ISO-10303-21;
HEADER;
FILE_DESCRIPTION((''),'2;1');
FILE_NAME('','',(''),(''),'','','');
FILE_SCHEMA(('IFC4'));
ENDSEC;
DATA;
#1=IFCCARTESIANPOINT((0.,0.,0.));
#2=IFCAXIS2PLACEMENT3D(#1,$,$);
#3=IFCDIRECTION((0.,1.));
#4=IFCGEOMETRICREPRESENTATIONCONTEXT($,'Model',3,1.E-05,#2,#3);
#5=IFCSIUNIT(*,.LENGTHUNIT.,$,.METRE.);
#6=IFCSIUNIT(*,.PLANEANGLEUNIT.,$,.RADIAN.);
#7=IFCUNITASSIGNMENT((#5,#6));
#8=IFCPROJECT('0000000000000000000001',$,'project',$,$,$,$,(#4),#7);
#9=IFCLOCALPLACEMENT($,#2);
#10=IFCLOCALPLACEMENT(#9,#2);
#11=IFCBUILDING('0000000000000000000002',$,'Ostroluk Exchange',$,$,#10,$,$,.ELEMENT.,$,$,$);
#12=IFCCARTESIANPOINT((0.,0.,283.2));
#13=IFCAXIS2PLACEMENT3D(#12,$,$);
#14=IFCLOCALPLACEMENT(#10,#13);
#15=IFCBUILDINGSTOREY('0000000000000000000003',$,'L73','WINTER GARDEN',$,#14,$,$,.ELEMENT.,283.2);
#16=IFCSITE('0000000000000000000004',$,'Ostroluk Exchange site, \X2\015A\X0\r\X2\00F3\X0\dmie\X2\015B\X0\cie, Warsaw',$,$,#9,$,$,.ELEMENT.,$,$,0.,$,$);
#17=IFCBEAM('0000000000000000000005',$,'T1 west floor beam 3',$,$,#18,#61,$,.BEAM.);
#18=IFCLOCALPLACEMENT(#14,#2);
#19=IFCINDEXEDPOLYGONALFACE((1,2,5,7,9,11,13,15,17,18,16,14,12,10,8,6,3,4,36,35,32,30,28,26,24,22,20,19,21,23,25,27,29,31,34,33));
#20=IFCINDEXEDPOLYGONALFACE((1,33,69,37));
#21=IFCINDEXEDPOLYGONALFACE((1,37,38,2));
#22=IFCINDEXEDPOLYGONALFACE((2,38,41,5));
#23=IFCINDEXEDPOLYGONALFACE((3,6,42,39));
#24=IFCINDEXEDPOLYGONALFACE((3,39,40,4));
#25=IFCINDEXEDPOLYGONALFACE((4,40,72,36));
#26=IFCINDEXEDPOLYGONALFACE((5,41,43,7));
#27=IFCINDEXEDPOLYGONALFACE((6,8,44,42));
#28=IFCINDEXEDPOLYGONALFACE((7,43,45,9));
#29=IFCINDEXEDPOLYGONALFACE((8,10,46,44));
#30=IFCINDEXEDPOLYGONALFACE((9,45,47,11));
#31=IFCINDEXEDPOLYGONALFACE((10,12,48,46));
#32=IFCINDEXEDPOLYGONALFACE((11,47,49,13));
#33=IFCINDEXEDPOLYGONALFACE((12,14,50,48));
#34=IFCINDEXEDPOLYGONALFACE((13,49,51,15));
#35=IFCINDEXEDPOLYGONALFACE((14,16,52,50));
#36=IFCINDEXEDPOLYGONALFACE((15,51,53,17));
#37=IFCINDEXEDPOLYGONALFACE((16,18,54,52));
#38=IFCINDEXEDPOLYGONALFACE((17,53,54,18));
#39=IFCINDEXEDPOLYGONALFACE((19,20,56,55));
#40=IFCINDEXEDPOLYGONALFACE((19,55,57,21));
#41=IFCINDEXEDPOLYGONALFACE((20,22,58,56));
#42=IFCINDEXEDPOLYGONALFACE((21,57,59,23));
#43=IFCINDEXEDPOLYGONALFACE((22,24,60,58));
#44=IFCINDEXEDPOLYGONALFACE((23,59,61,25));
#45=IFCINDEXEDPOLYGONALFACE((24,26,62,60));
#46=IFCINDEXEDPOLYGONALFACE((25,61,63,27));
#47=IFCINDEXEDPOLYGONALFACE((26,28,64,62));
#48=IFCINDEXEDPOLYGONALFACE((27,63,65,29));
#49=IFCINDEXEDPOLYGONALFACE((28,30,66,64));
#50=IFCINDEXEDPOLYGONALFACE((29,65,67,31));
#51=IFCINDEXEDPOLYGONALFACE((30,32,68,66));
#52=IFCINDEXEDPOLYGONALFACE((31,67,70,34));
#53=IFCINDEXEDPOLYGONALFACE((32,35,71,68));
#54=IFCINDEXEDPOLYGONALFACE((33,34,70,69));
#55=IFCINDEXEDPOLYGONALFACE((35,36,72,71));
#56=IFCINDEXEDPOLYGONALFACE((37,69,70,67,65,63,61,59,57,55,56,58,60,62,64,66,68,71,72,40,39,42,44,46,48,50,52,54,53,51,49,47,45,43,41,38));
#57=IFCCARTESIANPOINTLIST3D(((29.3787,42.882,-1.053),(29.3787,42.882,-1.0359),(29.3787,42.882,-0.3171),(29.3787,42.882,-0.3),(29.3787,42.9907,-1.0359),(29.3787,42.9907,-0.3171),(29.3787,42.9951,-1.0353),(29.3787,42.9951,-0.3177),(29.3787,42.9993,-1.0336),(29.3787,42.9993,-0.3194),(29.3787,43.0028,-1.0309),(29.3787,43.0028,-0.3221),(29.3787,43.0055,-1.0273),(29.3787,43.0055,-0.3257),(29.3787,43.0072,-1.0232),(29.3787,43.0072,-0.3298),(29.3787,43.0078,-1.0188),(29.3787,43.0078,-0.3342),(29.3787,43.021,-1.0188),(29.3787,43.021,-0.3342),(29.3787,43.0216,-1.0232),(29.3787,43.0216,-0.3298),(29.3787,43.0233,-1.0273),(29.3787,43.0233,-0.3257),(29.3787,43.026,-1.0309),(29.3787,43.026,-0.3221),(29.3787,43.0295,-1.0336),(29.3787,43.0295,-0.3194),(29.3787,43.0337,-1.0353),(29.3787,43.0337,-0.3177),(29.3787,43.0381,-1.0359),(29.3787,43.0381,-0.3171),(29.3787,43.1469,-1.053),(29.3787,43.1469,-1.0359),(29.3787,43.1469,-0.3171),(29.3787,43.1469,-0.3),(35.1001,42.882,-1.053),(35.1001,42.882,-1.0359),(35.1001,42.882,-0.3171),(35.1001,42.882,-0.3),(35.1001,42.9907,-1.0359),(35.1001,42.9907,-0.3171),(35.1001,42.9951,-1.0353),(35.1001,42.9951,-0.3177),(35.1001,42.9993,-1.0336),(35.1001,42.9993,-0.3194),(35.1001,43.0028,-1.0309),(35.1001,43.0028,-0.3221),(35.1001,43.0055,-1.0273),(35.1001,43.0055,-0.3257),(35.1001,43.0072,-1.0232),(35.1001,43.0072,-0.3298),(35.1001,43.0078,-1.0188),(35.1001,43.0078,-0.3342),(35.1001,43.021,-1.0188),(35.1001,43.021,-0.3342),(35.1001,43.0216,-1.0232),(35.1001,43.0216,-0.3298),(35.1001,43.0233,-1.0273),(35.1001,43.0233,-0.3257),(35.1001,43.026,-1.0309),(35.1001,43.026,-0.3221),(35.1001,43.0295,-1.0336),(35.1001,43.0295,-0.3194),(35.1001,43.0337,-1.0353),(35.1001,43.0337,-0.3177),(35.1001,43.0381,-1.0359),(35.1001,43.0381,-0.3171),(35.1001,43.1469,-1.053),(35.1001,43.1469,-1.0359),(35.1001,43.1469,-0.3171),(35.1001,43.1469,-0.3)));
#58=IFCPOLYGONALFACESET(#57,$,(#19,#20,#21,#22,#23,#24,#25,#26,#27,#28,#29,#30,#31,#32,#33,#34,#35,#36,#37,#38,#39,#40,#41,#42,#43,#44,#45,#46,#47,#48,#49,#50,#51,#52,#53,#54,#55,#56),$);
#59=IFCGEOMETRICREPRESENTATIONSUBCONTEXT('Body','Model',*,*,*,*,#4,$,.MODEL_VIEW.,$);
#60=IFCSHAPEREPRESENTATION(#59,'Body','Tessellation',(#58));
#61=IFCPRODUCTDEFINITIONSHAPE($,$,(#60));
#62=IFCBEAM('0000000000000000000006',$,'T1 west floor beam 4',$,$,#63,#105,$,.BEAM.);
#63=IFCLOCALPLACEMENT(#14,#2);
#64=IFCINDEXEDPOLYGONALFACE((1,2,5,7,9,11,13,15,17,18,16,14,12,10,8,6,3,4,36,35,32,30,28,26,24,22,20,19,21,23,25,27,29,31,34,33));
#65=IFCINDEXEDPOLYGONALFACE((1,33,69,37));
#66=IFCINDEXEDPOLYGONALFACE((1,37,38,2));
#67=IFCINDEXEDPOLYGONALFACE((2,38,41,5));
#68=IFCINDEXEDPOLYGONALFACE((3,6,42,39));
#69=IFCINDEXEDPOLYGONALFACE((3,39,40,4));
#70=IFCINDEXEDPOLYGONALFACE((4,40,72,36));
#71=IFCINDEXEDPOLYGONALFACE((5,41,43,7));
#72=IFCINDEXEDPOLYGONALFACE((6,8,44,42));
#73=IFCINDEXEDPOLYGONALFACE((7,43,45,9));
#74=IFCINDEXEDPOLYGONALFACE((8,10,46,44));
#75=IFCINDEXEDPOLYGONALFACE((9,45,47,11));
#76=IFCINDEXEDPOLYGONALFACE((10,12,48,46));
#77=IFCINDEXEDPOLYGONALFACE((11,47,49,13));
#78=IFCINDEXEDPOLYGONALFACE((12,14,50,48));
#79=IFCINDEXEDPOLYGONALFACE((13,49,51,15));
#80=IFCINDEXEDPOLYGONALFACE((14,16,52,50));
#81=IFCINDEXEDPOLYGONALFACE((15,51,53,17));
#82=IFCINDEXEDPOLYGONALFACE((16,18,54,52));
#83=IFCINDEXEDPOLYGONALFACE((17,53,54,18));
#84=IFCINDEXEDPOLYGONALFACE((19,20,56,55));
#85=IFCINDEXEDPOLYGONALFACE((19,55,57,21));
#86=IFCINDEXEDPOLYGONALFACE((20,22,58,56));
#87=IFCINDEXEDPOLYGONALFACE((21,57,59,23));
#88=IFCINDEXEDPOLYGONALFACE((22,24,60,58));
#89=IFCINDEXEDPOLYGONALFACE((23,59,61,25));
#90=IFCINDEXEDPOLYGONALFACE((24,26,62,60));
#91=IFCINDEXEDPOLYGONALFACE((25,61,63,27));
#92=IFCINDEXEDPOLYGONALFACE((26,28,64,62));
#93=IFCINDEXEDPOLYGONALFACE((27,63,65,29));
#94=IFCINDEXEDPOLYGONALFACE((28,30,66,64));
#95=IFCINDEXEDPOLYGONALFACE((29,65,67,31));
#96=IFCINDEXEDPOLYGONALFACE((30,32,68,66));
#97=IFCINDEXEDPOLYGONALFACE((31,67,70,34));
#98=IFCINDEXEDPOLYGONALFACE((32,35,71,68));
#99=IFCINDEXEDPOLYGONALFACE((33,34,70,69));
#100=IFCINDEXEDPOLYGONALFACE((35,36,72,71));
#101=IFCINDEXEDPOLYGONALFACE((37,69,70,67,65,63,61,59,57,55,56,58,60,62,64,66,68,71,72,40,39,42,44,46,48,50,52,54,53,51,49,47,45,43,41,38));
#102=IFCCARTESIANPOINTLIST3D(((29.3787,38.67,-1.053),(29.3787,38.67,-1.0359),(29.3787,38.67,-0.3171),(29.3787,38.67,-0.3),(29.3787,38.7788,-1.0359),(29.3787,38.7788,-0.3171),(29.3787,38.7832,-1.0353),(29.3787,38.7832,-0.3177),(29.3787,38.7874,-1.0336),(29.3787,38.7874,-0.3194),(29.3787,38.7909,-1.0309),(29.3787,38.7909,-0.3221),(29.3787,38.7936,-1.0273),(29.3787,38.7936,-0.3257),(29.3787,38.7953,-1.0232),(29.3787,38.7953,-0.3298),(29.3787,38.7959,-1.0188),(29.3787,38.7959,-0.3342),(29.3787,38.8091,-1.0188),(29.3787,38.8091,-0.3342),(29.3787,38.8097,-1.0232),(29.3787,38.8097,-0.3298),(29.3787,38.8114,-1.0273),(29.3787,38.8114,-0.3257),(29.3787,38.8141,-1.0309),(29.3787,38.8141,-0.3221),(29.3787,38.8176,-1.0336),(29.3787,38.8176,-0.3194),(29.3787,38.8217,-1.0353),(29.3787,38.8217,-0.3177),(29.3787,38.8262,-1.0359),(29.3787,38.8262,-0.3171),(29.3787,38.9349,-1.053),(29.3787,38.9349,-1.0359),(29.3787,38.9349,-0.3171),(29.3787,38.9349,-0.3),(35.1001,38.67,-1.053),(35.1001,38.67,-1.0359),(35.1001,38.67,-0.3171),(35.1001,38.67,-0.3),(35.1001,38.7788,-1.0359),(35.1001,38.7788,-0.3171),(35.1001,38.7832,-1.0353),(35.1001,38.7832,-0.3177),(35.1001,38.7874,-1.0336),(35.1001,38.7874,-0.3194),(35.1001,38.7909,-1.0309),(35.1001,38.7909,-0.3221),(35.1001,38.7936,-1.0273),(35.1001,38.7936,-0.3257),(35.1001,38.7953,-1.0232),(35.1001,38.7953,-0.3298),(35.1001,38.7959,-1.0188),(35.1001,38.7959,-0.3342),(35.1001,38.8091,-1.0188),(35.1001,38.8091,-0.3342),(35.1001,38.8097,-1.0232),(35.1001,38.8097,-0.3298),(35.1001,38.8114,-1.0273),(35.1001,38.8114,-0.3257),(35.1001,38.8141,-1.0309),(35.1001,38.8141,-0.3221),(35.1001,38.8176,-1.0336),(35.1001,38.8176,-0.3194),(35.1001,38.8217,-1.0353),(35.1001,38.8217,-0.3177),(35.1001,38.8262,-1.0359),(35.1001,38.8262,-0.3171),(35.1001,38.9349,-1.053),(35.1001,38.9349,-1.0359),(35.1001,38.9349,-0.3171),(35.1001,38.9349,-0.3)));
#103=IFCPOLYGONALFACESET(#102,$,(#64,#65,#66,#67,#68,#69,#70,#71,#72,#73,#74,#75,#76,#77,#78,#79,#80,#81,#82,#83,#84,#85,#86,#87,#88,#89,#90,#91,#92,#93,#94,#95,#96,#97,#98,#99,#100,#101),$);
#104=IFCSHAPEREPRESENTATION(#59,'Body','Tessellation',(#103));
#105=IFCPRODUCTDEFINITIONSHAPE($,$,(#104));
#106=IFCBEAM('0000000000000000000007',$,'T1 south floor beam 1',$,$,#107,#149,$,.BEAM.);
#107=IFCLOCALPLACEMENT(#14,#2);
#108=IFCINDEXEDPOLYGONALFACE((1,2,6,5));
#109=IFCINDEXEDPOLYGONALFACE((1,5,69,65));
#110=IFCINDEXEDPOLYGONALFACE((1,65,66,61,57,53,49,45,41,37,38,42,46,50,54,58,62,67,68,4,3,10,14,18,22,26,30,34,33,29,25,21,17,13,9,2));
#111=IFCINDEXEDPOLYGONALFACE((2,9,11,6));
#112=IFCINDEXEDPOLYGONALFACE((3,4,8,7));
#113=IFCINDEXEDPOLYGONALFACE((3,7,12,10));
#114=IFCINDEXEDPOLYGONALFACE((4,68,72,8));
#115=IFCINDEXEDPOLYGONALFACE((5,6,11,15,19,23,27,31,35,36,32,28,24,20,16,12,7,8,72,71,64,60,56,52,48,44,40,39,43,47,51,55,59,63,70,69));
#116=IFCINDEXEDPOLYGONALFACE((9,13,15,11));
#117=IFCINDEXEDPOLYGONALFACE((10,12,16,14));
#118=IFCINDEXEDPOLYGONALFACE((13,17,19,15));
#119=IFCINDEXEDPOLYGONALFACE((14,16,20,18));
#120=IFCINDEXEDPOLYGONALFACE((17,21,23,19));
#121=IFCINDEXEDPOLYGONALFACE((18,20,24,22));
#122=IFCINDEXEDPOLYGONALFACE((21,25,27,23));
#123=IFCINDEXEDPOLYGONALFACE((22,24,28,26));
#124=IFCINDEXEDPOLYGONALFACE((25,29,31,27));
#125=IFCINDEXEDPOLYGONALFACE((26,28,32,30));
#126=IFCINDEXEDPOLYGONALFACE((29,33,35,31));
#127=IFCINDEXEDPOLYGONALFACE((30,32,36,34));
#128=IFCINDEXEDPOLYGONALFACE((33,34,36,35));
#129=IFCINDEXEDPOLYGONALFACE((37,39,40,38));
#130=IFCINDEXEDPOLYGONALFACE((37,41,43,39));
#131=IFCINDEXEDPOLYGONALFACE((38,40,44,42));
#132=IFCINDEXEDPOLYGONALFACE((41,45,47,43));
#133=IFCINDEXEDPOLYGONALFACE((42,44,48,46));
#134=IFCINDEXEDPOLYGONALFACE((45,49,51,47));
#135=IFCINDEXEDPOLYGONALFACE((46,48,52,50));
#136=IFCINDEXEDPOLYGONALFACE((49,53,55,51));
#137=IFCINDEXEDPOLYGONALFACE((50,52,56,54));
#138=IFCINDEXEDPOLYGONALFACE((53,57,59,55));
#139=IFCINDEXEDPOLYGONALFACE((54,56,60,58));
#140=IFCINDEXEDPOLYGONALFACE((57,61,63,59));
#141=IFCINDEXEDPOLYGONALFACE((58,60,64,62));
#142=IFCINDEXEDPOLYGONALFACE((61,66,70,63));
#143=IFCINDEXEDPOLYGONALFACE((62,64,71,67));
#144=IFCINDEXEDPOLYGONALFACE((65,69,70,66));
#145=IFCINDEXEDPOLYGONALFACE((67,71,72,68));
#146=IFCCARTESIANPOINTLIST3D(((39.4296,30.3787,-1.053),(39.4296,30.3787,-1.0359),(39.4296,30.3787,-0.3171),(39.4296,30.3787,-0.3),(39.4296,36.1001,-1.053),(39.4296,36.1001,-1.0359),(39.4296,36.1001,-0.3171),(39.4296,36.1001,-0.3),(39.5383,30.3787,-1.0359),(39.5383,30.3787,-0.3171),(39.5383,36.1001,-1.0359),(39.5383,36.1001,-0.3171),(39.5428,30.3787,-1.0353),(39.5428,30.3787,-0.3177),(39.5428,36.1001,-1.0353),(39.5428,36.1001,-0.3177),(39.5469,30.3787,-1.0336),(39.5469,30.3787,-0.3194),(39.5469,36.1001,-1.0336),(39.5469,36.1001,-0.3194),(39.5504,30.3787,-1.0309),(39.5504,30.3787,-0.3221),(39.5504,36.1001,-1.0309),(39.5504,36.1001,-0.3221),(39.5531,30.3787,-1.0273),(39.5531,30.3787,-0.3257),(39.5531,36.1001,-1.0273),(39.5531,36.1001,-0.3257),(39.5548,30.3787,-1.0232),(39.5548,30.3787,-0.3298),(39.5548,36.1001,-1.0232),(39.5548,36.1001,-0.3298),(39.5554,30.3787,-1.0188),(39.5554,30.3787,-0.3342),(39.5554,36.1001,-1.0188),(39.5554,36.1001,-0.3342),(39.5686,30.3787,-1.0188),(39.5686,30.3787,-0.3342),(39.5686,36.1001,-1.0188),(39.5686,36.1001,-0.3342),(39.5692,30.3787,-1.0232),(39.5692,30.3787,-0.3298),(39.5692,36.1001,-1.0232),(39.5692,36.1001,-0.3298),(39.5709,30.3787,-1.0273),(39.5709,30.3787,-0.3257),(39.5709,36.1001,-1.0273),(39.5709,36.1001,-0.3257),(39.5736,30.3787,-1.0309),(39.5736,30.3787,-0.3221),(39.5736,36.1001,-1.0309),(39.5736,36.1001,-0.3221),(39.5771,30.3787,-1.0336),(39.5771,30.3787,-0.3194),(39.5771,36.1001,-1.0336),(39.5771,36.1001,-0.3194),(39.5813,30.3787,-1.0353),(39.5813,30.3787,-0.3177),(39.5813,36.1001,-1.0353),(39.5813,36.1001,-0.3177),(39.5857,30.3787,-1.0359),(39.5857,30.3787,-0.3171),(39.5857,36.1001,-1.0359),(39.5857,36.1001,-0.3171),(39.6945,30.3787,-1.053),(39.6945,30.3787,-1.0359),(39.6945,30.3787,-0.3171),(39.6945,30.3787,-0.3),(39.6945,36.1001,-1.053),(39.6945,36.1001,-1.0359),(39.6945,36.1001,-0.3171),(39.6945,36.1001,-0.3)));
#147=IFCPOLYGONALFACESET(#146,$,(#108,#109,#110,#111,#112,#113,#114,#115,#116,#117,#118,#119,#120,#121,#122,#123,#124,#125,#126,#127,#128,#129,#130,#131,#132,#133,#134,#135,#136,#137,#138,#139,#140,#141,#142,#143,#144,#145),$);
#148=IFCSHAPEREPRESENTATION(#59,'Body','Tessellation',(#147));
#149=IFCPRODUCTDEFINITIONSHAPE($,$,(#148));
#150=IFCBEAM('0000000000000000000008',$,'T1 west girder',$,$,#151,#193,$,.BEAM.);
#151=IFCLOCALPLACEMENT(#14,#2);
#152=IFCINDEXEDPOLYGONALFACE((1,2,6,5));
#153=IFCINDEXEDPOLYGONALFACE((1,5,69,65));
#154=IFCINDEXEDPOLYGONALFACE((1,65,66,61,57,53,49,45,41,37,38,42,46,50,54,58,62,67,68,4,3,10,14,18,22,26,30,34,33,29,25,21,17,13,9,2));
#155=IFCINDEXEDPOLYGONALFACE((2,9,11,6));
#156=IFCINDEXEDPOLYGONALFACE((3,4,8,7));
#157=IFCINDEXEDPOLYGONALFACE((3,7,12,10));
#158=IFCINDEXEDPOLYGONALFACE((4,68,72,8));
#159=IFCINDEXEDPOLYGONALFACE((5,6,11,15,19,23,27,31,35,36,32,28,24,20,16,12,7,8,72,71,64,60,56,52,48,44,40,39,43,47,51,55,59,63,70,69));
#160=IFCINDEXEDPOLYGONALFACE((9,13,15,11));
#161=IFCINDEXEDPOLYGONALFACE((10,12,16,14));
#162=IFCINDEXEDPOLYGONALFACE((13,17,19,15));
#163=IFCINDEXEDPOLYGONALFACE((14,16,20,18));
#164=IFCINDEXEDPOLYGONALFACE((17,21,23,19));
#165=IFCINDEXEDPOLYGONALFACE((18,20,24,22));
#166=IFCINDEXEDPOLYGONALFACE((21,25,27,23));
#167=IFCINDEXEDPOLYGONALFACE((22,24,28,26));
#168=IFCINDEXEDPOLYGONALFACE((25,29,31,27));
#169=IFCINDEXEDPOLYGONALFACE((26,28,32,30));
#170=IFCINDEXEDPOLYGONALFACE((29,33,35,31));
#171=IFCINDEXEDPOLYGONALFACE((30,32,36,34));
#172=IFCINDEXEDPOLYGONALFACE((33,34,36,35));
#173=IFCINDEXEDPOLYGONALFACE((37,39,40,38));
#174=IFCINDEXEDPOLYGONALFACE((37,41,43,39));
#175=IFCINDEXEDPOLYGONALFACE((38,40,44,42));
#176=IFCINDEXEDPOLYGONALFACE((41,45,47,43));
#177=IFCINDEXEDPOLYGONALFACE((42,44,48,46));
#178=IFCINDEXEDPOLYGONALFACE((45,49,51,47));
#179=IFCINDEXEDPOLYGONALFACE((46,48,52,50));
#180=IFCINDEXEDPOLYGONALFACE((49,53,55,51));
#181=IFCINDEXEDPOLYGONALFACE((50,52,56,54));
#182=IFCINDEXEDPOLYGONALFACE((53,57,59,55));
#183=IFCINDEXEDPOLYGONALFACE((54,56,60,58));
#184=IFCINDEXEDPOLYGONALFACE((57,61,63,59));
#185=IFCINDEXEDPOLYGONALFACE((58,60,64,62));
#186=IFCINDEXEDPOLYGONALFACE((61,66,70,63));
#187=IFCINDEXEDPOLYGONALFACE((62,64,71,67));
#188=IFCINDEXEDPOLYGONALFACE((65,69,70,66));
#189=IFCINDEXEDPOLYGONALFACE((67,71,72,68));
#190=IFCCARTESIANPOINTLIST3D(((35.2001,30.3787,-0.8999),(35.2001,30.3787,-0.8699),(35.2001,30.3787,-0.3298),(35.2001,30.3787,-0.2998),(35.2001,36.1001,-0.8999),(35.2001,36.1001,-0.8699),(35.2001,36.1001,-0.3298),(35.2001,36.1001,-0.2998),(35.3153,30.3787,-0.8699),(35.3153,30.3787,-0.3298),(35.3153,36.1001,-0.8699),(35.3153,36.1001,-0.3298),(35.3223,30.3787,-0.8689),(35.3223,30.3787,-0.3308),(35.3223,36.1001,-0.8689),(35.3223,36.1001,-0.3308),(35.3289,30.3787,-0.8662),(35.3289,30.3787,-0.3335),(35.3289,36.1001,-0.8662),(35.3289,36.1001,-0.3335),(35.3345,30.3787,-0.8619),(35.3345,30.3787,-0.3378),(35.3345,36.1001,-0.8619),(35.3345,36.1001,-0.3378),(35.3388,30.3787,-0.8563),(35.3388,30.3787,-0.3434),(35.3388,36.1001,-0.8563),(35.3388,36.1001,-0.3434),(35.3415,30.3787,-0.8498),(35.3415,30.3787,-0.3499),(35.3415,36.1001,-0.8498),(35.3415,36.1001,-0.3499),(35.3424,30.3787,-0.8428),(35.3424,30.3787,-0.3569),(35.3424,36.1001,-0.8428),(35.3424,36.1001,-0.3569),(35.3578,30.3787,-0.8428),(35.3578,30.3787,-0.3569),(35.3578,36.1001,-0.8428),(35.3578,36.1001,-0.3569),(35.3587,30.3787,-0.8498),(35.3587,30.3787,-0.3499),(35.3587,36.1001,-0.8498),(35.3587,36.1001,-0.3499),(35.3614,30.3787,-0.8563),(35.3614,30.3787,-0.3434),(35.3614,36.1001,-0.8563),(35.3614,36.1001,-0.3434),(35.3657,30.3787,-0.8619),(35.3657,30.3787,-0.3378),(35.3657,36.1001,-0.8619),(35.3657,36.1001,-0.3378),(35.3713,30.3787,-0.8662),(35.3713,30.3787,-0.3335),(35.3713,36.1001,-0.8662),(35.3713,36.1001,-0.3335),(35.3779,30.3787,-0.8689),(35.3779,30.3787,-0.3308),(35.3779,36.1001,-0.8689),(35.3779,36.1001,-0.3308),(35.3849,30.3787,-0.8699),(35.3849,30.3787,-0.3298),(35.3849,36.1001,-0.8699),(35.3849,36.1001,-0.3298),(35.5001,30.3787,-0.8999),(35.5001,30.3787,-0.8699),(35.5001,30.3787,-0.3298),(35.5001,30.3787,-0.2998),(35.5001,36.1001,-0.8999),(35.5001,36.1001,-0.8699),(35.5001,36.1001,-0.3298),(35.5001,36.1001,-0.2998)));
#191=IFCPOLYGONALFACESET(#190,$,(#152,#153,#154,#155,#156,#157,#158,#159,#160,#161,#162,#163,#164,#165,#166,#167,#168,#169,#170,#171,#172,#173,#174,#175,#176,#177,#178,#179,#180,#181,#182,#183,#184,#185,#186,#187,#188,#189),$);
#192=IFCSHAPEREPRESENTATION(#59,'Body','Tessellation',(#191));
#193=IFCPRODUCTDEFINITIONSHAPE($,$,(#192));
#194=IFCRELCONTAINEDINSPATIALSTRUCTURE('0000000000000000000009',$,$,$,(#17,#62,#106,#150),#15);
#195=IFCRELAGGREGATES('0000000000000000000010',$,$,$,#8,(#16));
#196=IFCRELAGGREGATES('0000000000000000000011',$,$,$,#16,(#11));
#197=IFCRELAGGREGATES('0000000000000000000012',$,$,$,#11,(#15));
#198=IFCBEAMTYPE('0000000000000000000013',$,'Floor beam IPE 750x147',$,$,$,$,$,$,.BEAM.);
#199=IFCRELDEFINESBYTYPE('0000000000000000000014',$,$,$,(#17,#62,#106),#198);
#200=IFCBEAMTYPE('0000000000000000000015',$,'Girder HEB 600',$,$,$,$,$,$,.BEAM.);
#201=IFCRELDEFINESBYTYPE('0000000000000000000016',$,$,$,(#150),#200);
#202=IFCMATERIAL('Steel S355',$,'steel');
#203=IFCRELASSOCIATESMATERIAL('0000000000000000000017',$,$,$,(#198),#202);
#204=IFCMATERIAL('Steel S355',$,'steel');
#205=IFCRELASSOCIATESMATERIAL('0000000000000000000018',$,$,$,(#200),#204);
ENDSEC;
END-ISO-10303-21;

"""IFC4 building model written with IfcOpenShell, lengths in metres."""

from ifc_helpers import new_model, si_unit, direction, frame, origin, origin_2d, place, context, subcontext, project, spatial, i_section, extrude, material, material_profile, profile_set, type_object, element, save


model = new_model("IFC4")

# Units and contexts
model_context = context("Model", 3, precision=1e-05, world=origin(), true_north=direction((0.0, 1.0)))
body_context = subcontext(model_context, "Body", "Model", "MODEL_VIEW")
ifc_project = project(units=[si_unit("LENGTHUNIT", "METRE"), si_unit("PLANEANGLEUNIT", "RADIAN")], contexts=[model_context])

# Site, building, storey
site_placement = place(None, origin())
site = spatial("IfcSite", under=ifc_project, at=site_placement, Name="Ostroluk Exchange site, Śródmieście, Warsaw", CompositionType="ELEMENT", RefElevation=0.0)
building_placement = place(site_placement, origin())
building = spatial("IfcBuilding", under=site, at=building_placement, Name="Ostroluk Exchange", CompositionType="ELEMENT")
storey_placement = place(building_placement, frame((0.0, 0.0, 283.2)))
storey = spatial("IfcBuildingStorey", under=building, at=storey_placement, Name="L73", Description="WINTER GARDEN", CompositionType="ELEMENT", Elevation=283.2)

# Beams
ifc_material_1 = material(Name="Steel S355", Category="steel")
ifc_material_profile_1 = material_profile(ifc_material_1, i_section(OverallWidth=0.2649, OverallDepth=0.7529, WebThickness=0.0132, FlangeThickness=0.0171, FilletRadius=0.0171, at=origin_2d()), Name="IPE 750x147")
ifc_profile_set_1 = profile_set([ifc_material_profile_1], Name="Steel S355")
beam_type_1 = type_object("IfcBeamType", Name="Floor beam IPE 750x147", PredefinedType="BEAM", material=ifc_profile_set_1)
for number, where, z_axis, x_axis, name in (
    (1, (35.1001, 43.0144, -0.6765), (-1.0, 0.0, 0.0), (0.0, -1.0, 0.0), "T1 west floor beam 3"),
    (2, (35.1001, 38.8025, -0.6765), (-1.0, 0.0, 0.0), (0.0, -1.0, 0.0), "T1 west floor beam 4"),
    (3, (39.562, 36.1001, -0.6765), (0.0, -1.0, 0.0), (1.0, 0.0, 0.0), "T1 south floor beam 1"),
):
    element("IfcBeam", number, at=place(storey_placement, frame(where, z_axis=z_axis, x_axis=x_axis)), inside=storey, type_object=beam_type_1, Name=name, PredefinedType="BEAM", context=body_context, shape_type="SweptSolid", body=[
        extrude(i_section(OverallWidth=0.2649, OverallDepth=0.7529, WebThickness=0.0132, FlangeThickness=0.0171, FilletRadius=0.0171, at=origin_2d()), origin(), (0.0, 0.0, 1.0), 5.7214),
    ])
ifc_material_2 = material(Name="Steel S355", Category="steel")
ifc_material_profile_2 = material_profile(ifc_material_2, i_section(OverallWidth=0.3, OverallDepth=0.6001, WebThickness=0.0154, FlangeThickness=0.03, FilletRadius=0.0271, at=origin_2d()), Name="HEB 600")
ifc_profile_set_2 = profile_set([ifc_material_profile_2], Name="Steel S355")
beam_type_2 = type_object("IfcBeamType", Name="Girder HEB 600", PredefinedType="BEAM", material=ifc_profile_set_2)
beam_1_placement = place(storey_placement, frame((35.3501, 36.1001, -0.5999), z_axis=(0.0, -1.0, 0.0), x_axis=(1.0, 0.0, 0.0)))
element("IfcBeam", 4, at=beam_1_placement, inside=storey, type_object=beam_type_2, Name="T1 west girder", PredefinedType="BEAM", context=body_context, shape_type="SweptSolid", body=[
    extrude(i_section(OverallWidth=0.3, OverallDepth=0.6001, WebThickness=0.0154, FlangeThickness=0.03, FilletRadius=0.0271, at=origin_2d()), origin(), (0.0, 0.0, 1.0), 5.7214),
])

save(model, "model.ifc")
